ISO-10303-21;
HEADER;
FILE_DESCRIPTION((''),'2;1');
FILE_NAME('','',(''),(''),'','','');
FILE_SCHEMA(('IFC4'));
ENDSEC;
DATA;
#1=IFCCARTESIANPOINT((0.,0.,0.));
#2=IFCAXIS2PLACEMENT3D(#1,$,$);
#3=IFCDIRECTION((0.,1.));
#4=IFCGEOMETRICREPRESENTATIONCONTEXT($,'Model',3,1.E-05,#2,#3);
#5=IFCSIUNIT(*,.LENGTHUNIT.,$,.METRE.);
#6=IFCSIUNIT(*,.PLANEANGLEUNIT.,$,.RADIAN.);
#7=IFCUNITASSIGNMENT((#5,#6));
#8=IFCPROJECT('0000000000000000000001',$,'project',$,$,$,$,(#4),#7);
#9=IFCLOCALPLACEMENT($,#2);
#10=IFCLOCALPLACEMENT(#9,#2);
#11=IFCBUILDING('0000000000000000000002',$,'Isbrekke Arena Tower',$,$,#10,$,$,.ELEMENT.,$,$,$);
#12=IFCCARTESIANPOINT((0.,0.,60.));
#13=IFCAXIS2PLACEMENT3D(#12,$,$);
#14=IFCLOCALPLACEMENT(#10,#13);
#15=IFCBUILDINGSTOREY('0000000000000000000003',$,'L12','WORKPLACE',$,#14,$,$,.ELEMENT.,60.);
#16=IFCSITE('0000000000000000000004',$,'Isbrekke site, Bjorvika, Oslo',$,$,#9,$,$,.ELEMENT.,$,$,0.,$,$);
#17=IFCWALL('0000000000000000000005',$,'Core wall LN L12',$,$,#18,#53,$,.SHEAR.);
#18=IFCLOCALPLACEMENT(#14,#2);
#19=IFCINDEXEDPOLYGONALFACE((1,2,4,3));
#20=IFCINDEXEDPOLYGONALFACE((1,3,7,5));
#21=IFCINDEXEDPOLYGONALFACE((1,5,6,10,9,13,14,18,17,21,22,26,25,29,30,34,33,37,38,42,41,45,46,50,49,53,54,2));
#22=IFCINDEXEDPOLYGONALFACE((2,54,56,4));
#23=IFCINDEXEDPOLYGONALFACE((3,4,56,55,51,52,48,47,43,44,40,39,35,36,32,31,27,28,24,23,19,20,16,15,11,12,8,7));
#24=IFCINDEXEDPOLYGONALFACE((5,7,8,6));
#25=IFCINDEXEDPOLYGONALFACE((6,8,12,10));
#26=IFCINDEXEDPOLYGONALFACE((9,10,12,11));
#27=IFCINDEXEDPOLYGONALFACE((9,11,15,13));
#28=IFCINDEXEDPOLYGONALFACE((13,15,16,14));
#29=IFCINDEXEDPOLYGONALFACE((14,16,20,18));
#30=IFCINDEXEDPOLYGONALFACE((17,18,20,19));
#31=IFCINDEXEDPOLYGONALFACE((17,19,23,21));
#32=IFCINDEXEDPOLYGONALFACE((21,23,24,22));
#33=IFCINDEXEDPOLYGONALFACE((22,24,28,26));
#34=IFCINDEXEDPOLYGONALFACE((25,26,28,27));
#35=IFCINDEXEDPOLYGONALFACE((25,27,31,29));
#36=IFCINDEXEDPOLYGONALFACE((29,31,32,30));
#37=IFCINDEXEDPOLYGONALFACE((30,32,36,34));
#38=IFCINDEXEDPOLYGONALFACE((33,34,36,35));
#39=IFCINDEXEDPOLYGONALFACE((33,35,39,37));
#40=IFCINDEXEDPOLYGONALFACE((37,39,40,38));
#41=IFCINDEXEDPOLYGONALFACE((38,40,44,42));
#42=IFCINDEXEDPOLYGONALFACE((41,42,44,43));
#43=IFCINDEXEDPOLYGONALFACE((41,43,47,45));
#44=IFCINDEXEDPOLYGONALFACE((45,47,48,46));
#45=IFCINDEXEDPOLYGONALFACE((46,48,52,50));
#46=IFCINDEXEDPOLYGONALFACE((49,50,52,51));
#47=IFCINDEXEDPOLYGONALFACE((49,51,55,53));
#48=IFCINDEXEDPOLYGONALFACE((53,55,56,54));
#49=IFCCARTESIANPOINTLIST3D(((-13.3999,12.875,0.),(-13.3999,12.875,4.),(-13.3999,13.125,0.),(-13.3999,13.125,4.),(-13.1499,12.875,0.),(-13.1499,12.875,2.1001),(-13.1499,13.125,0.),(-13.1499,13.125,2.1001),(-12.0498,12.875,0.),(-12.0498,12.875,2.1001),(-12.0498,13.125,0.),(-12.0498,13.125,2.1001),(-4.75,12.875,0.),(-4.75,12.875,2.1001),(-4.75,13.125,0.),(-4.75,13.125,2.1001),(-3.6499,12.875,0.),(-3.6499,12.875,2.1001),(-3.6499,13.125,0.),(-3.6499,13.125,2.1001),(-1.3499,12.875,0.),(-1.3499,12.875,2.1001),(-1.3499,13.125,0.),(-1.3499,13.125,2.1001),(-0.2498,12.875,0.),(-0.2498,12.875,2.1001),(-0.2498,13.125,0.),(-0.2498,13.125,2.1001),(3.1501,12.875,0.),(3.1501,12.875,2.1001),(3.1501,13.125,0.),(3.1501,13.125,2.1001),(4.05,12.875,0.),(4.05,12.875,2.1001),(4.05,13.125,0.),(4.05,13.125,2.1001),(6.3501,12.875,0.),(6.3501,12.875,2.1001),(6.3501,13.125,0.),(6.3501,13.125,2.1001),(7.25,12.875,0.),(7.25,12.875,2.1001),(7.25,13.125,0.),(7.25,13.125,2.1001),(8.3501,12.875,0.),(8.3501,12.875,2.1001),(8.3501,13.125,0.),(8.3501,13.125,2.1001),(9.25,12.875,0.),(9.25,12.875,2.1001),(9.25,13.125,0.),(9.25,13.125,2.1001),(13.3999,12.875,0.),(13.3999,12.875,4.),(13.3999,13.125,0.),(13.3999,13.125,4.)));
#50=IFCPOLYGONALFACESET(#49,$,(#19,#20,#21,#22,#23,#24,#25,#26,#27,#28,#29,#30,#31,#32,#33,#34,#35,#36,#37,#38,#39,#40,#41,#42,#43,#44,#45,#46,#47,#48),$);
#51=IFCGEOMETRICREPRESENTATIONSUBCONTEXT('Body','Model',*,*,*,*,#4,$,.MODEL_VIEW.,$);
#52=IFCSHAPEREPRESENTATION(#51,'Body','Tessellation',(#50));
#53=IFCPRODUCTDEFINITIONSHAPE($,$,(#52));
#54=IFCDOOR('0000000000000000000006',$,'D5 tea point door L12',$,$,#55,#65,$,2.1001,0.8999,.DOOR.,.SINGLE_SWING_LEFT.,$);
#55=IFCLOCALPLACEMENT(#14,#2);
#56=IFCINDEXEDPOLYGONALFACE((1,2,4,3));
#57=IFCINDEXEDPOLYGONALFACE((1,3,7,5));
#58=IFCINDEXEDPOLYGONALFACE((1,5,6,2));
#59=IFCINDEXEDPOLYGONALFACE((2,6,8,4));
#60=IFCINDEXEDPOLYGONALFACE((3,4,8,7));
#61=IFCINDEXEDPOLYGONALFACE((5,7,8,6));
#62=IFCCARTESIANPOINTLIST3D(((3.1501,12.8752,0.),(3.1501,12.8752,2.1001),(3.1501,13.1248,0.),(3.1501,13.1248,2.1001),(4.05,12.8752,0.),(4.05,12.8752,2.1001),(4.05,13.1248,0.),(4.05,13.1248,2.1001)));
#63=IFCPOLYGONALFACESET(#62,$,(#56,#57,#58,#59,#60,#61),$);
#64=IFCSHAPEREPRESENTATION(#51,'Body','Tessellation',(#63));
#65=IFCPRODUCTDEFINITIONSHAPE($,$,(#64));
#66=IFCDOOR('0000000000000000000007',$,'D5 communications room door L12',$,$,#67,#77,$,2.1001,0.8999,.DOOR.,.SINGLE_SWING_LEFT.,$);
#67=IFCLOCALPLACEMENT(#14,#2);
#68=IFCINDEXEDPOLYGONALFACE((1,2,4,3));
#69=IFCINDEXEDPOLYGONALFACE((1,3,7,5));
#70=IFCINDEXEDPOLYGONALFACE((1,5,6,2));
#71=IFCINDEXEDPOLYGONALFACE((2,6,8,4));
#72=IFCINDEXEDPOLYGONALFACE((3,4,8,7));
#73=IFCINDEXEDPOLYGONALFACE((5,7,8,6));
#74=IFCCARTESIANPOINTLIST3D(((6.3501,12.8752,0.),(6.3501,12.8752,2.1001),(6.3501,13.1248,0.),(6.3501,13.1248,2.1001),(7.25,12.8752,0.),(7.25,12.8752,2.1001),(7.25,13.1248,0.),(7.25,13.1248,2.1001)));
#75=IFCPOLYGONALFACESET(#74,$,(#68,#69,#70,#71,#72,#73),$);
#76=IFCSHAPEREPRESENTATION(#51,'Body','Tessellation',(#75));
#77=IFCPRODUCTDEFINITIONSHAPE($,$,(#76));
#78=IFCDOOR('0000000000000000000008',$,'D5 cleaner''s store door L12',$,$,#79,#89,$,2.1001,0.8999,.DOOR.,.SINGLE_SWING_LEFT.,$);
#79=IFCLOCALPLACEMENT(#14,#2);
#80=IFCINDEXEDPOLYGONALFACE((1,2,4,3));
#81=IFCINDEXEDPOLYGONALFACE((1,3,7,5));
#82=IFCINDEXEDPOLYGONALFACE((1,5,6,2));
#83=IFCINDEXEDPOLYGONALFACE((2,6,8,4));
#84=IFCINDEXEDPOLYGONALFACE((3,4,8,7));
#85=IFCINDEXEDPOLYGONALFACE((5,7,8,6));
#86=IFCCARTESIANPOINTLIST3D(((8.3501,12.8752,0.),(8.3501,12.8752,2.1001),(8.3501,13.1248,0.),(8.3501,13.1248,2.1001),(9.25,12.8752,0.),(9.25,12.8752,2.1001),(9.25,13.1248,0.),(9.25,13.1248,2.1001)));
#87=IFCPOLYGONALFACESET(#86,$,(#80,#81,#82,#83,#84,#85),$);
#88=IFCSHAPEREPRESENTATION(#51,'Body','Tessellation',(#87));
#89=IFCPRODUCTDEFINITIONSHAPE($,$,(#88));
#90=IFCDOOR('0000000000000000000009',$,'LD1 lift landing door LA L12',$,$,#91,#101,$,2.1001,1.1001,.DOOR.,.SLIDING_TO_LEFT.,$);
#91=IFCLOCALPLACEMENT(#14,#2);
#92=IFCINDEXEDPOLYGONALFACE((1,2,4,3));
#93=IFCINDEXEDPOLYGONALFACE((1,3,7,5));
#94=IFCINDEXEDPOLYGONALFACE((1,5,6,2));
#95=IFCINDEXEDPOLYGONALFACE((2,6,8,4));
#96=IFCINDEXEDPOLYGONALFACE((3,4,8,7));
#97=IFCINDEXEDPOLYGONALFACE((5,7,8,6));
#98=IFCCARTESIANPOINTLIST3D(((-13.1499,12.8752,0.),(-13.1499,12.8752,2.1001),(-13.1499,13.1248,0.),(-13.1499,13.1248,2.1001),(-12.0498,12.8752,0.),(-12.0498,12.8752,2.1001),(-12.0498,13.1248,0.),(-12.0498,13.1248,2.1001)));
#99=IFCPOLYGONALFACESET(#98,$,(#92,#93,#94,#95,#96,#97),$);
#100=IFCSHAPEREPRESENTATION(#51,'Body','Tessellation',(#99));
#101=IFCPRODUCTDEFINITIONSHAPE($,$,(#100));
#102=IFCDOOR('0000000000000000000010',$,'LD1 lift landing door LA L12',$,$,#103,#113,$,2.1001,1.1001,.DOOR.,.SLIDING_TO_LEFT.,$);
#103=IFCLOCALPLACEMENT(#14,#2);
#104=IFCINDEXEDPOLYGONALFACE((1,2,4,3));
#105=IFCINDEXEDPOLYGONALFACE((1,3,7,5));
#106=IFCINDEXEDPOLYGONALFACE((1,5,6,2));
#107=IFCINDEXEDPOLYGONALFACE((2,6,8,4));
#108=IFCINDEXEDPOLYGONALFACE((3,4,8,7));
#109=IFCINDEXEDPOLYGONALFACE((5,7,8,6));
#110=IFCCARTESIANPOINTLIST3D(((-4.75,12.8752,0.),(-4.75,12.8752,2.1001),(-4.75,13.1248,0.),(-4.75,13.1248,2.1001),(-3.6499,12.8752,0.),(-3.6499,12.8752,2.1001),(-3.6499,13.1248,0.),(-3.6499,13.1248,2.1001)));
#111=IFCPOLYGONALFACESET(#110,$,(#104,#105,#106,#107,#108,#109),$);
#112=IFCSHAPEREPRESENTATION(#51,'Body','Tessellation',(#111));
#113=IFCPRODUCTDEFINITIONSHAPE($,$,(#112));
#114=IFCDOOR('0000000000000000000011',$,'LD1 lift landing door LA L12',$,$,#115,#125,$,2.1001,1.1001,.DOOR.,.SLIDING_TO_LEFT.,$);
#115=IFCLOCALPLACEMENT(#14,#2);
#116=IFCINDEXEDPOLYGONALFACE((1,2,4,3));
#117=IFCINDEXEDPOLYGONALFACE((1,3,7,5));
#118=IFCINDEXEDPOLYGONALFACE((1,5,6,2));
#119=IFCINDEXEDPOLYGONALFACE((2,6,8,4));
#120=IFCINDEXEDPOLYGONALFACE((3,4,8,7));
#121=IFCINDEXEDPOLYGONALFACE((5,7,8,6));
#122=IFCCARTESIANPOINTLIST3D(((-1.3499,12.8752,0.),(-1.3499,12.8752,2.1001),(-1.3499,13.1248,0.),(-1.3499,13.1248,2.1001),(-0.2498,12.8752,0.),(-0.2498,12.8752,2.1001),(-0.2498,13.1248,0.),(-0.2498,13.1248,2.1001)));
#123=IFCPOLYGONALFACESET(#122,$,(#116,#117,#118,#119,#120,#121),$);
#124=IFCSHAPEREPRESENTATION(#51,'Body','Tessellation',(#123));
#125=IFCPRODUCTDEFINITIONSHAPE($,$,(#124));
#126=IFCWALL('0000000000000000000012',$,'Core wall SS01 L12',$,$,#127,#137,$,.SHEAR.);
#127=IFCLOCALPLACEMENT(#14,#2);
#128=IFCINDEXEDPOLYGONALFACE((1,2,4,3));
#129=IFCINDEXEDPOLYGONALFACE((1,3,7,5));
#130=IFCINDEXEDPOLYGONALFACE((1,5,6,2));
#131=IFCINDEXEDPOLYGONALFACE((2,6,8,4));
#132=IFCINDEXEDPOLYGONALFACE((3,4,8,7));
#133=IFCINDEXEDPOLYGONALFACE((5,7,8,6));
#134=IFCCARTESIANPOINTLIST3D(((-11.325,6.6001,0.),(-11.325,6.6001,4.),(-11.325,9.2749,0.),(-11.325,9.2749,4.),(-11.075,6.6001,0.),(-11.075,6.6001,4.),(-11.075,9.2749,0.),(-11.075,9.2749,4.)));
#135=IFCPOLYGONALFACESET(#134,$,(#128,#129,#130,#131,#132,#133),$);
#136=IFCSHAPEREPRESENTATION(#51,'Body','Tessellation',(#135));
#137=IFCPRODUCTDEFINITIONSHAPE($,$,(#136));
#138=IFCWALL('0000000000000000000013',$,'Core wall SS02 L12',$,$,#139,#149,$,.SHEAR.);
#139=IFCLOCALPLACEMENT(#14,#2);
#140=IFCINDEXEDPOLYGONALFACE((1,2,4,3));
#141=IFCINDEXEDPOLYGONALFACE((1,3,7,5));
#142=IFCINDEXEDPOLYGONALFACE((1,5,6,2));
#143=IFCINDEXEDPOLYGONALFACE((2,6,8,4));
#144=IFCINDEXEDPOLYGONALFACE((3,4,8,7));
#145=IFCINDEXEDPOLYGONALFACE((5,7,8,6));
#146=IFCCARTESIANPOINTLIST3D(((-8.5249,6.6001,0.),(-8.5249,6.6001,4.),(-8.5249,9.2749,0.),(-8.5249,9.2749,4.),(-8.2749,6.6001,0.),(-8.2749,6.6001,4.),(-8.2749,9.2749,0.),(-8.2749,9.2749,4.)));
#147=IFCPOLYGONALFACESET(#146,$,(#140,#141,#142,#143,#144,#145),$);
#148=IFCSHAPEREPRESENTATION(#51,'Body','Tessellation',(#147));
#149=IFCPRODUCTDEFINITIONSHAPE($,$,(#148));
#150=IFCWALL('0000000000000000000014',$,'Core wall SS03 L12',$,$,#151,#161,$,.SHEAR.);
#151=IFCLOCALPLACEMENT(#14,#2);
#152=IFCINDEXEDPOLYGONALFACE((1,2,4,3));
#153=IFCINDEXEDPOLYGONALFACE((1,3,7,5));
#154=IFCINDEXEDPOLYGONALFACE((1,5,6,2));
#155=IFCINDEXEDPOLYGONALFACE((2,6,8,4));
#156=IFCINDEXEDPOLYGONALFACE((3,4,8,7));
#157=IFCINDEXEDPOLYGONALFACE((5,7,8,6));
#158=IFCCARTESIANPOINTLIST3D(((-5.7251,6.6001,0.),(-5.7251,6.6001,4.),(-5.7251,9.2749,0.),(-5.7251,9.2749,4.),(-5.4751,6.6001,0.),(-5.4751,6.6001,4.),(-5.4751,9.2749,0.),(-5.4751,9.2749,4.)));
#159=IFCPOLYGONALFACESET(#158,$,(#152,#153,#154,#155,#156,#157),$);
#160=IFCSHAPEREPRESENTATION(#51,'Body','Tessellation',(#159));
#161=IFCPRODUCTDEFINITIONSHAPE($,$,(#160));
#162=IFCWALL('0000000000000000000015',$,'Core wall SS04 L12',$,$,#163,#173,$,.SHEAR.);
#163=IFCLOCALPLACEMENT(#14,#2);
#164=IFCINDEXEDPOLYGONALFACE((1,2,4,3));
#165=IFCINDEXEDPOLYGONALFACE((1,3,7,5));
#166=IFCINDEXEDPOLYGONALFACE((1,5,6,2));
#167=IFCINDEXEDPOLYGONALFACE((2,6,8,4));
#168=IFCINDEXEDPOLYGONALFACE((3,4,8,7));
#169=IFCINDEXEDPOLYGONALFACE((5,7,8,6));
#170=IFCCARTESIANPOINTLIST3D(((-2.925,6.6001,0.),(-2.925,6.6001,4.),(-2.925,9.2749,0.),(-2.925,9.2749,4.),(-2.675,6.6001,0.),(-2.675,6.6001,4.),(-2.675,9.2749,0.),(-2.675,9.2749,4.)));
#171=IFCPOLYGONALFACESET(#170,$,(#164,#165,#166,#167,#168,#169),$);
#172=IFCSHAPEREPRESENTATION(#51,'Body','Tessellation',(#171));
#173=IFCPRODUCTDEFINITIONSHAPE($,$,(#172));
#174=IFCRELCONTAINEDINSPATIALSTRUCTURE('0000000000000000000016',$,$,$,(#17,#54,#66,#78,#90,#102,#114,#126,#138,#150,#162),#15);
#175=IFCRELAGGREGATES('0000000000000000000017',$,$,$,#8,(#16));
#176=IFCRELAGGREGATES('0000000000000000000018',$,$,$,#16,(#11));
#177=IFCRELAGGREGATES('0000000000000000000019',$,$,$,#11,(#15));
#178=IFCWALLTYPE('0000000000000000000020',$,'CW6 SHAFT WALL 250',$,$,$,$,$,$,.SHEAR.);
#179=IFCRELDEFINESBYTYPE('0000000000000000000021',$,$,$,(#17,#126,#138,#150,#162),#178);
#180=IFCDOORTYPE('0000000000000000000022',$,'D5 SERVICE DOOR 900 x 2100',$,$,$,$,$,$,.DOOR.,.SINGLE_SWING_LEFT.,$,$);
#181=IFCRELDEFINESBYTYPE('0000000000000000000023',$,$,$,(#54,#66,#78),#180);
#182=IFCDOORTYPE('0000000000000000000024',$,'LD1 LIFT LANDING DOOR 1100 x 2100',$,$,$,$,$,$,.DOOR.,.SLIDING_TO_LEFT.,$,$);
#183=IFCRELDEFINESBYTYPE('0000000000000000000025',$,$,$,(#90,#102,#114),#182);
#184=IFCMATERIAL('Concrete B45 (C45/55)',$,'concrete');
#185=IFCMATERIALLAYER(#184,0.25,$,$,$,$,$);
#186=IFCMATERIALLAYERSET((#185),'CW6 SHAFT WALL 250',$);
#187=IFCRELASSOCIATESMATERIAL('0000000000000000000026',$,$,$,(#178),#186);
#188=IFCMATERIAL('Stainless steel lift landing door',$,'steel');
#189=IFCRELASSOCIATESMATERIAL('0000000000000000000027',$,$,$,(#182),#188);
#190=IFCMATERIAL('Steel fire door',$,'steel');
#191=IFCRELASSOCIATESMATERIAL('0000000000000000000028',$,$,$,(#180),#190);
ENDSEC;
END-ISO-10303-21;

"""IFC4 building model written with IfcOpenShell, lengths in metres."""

from ifc_helpers import new_model, si_unit, direction, frame, frame_2d, origin, place, context, subcontext, project, spatial, rectangle, extrude, material, layer, layer_set, type_object, element, fill, save


model = new_model("IFC4")

# Units and contexts
model_context = context("Model", 3, precision=1e-05, world=origin(), true_north=direction((0.0, 1.0)))
body_context = subcontext(model_context, "Body", "Model", "MODEL_VIEW")
ifc_project = project(units=[si_unit("LENGTHUNIT", "METRE"), si_unit("PLANEANGLEUNIT", "RADIAN")], contexts=[model_context])

# Site, building, storey
site_placement = place(None, origin())
site = spatial("IfcSite", under=ifc_project, at=site_placement, Name="Isbrekke site, Bjorvika, Oslo", CompositionType="ELEMENT", RefElevation=0.0)
building_placement = place(site_placement, origin())
building = spatial("IfcBuilding", under=site, at=building_placement, Name="Isbrekke Arena Tower", CompositionType="ELEMENT")
storey_placement = place(building_placement, frame((0.0, 0.0, 60.0)))
storey = spatial("IfcBuildingStorey", under=building, at=storey_placement, Name="L12", Description="WORKPLACE", CompositionType="ELEMENT", Elevation=60.0)

# Wall, openings, doors
ifc_material_1 = material(Name="Concrete B45 (C45/55)", Category="concrete")
ifc_layer_1 = layer(ifc_material_1, 0.25)
ifc_layer_set_1 = layer_set([ifc_layer_1], Name="CW6 SHAFT WALL 250")
wall_type_1 = type_object("IfcWallType", Name="CW6 SHAFT WALL 250", PredefinedType="SHEAR", material=ifc_layer_set_1)
ifc_material_2 = material(Name="Stainless steel lift landing door", Category="steel")
door_type_1 = type_object("IfcDoorType", Name="LD1 LIFT LANDING DOOR 1100 x 2100", OperationType="SLIDING_TO_LEFT", PredefinedType="DOOR", material=ifc_material_2)
wall_1_placement = place(storey_placement, frame((-13.3999, 13.0, 0.0), z_axis=(0.0, 0.0, 1.0), x_axis=(1.0, 0.0, 0.0)))
wall_1 = element("IfcWall", 1, at=wall_1_placement, inside=storey, type_object=wall_type_1, Name="Core wall LN L12", PredefinedType="SHEAR", context=body_context, shape_type="SweptSolid", body=[
    extrude(rectangle(XDim=26.7998, YDim=0.25, at=frame_2d((13.3999, 0.0))), origin(), (0.0, 0.0, 1.0), 4.0),
])
opening_1_placement = place(wall_1_placement, frame((0.25, 0.0, 0.0)))
opening_1 = element("IfcOpeningElement", 2, at=opening_1_placement, cuts=wall_1, PredefinedType="OPENING", context=body_context, shape_type="SweptSolid", body=[
    extrude(rectangle(XDim=1.1001, YDim=2.1001, at=frame_2d((0.55, 1.05))), frame((0.0, 0.1399, 0.0), z_axis=(0.0, -1.0, 0.0), x_axis=(1.0, 0.0, 0.0)), (0.0, 0.0, 1.0), 0.2798),
])
opening_2_placement = place(wall_1_placement, frame((8.6499, 0.0, 0.0)))
opening_2 = element("IfcOpeningElement", 3, at=opening_2_placement, cuts=wall_1, PredefinedType="OPENING", context=body_context, shape_type="SweptSolid", body=[
    extrude(rectangle(XDim=1.1001, YDim=2.1001, at=frame_2d((0.55, 1.05))), frame((0.0, 0.1399, 0.0), z_axis=(0.0, -1.0, 0.0), x_axis=(1.0, 0.0, 0.0)), (0.0, 0.0, 1.0), 0.2798),
])
opening_3_placement = place(wall_1_placement, frame((12.05, 0.0, 0.0)))
opening_3 = element("IfcOpeningElement", 4, at=opening_3_placement, cuts=wall_1, PredefinedType="OPENING", context=body_context, shape_type="SweptSolid", body=[
    extrude(rectangle(XDim=1.1001, YDim=2.1001, at=frame_2d((0.55, 1.05))), frame((0.0, 0.1399, 0.0), z_axis=(0.0, -1.0, 0.0), x_axis=(1.0, 0.0, 0.0)), (0.0, 0.0, 1.0), 0.2798),
])
opening_4_placement = place(wall_1_placement, frame((16.55, 0.0, 0.0)))
opening_4 = element("IfcOpeningElement", 5, at=opening_4_placement, cuts=wall_1, PredefinedType="OPENING", context=body_context, shape_type="SweptSolid", body=[
    extrude(rectangle(XDim=0.8999, YDim=2.1001, at=frame_2d((0.45, 1.05))), frame((0.0, 0.1399, 0.0), z_axis=(0.0, -1.0, 0.0), x_axis=(1.0, 0.0, 0.0)), (0.0, 0.0, 1.0), 0.2798),
])
opening_5_placement = place(wall_1_placement, frame((19.75, 0.0, 0.0)))
opening_5 = element("IfcOpeningElement", 6, at=opening_5_placement, cuts=wall_1, PredefinedType="OPENING", context=body_context, shape_type="SweptSolid", body=[
    extrude(rectangle(XDim=0.8999, YDim=2.1001, at=frame_2d((0.45, 1.05))), frame((0.0, 0.1399, 0.0), z_axis=(0.0, -1.0, 0.0), x_axis=(1.0, 0.0, 0.0)), (0.0, 0.0, 1.0), 0.2798),
])
opening_6_placement = place(wall_1_placement, frame((21.75, 0.0, 0.0)))
opening_6 = element("IfcOpeningElement", 7, at=opening_6_placement, cuts=wall_1, PredefinedType="OPENING", context=body_context, shape_type="SweptSolid", body=[
    extrude(rectangle(XDim=0.8999, YDim=2.1001, at=frame_2d((0.45, 1.05))), frame((0.0, 0.1399, 0.0), z_axis=(0.0, -1.0, 0.0), x_axis=(1.0, 0.0, 0.0)), (0.0, 0.0, 1.0), 0.2798),
])
ifc_material_3 = material(Name="Steel fire door", Category="steel")
door_type_2 = type_object("IfcDoorType", Name="D5 SERVICE DOOR 900 x 2100", OperationType="SINGLE_SWING_LEFT", PredefinedType="DOOR", material=ifc_material_3)
door_1_placement = place(opening_4_placement, origin())
door_1 = element("IfcDoor", 8, at=door_1_placement, inside=storey, type_object=door_type_2, Name="D5 tea point door L12", OperationType="SINGLE_SWING_LEFT", OverallHeight=2.1001, OverallWidth=0.8999, PredefinedType="DOOR", context=body_context, shape_type="SweptSolid", body=[
    extrude(rectangle(XDim=0.8999, YDim=2.1001, at=frame_2d((0.45, 1.05))), frame((0.0, 0.1248, 0.0), z_axis=(0.0, -1.0, 0.0), x_axis=(1.0, 0.0, 0.0)), (0.0, 0.0, 1.0), 0.2495),
])
fill(opening_4, door_1)
door_2_placement = place(opening_5_placement, origin())
door_2 = element("IfcDoor", 9, at=door_2_placement, inside=storey, type_object=door_type_2, Name="D5 communications room door L12", OperationType="SINGLE_SWING_LEFT", OverallHeight=2.1001, OverallWidth=0.8999, PredefinedType="DOOR", context=body_context, shape_type="SweptSolid", body=[
    extrude(rectangle(XDim=0.8999, YDim=2.1001, at=frame_2d((0.45, 1.05))), frame((0.0, 0.1248, 0.0), z_axis=(0.0, -1.0, 0.0), x_axis=(1.0, 0.0, 0.0)), (0.0, 0.0, 1.0), 0.2495),
])
fill(opening_5, door_2)
door_3_placement = place(opening_6_placement, origin())
door_3 = element("IfcDoor", 10, at=door_3_placement, inside=storey, type_object=door_type_2, Name="D5 cleaner's store door L12", OperationType="SINGLE_SWING_LEFT", OverallHeight=2.1001, OverallWidth=0.8999, PredefinedType="DOOR", context=body_context, shape_type="SweptSolid", body=[
    extrude(rectangle(XDim=0.8999, YDim=2.1001, at=frame_2d((0.45, 1.05))), frame((0.0, 0.1248, 0.0), z_axis=(0.0, -1.0, 0.0), x_axis=(1.0, 0.0, 0.0)), (0.0, 0.0, 1.0), 0.2495),
])
fill(opening_6, door_3)
door_4_placement = place(opening_1_placement, origin())
door_4 = element("IfcDoor", 11, at=door_4_placement, inside=storey, type_object=door_type_1, Name="LD1 lift landing door LA L12", OperationType="SLIDING_TO_LEFT", OverallHeight=2.1001, OverallWidth=1.1001, PredefinedType="DOOR", context=body_context, shape_type="SweptSolid", body=[
    extrude(rectangle(XDim=1.1001, YDim=2.1001, at=frame_2d((0.55, 1.05))), frame((0.0, 0.1248, 0.0), z_axis=(0.0, -1.0, 0.0), x_axis=(1.0, 0.0, 0.0)), (0.0, 0.0, 1.0), 0.2495),
])
fill(opening_1, door_4)
door_5_placement = place(opening_2_placement, origin())
door_5 = element("IfcDoor", 12, at=door_5_placement, inside=storey, type_object=door_type_1, Name="LD1 lift landing door LA L12", OperationType="SLIDING_TO_LEFT", OverallHeight=2.1001, OverallWidth=1.1001, PredefinedType="DOOR", context=body_context, shape_type="SweptSolid", body=[
    extrude(rectangle(XDim=1.1001, YDim=2.1001, at=frame_2d((0.55, 1.05))), frame((0.0, 0.1248, 0.0), z_axis=(0.0, -1.0, 0.0), x_axis=(1.0, 0.0, 0.0)), (0.0, 0.0, 1.0), 0.2495),
])
fill(opening_2, door_5)
door_6_placement = place(opening_3_placement, origin())
door_6 = element("IfcDoor", 13, at=door_6_placement, inside=storey, type_object=door_type_1, Name="LD1 lift landing door LA L12", OperationType="SLIDING_TO_LEFT", OverallHeight=2.1001, OverallWidth=1.1001, PredefinedType="DOOR", context=body_context, shape_type="SweptSolid", body=[
    extrude(rectangle(XDim=1.1001, YDim=2.1001, at=frame_2d((0.55, 1.05))), frame((0.0, 0.1248, 0.0), z_axis=(0.0, -1.0, 0.0), x_axis=(1.0, 0.0, 0.0)), (0.0, 0.0, 1.0), 0.2495),
])
fill(opening_3, door_6)

# Walls
for number, where, z_axis, x_axis, name in (
    (14, (-11.2, 6.6001, 0.0), (0.0, 0.0, 1.0), (0.0, 1.0, 0.0), "Core wall SS01 L12"),
    (15, (-8.3999, 6.6001, 0.0), (0.0, 0.0, 1.0), (0.0, 1.0, 0.0), "Core wall SS02 L12"),
    (16, (-5.6001, 6.6001, 0.0), (0.0, 0.0, 1.0), (0.0, 1.0, 0.0), "Core wall SS03 L12"),
    (17, (-2.8, 6.6001, 0.0), (0.0, 0.0, 1.0), (0.0, 1.0, 0.0), "Core wall SS04 L12"),
):
    element("IfcWall", number, at=place(storey_placement, frame(where, z_axis=z_axis, x_axis=x_axis)), inside=storey, type_object=wall_type_1, Name=name, PredefinedType="SHEAR", context=body_context, shape_type="SweptSolid", body=[
        extrude(rectangle(XDim=2.6748, YDim=0.25, at=frame_2d((1.3374, 0.0))), origin(), (0.0, 0.0, 1.0), 4.0),
    ])

save(model, "model.ifc")
